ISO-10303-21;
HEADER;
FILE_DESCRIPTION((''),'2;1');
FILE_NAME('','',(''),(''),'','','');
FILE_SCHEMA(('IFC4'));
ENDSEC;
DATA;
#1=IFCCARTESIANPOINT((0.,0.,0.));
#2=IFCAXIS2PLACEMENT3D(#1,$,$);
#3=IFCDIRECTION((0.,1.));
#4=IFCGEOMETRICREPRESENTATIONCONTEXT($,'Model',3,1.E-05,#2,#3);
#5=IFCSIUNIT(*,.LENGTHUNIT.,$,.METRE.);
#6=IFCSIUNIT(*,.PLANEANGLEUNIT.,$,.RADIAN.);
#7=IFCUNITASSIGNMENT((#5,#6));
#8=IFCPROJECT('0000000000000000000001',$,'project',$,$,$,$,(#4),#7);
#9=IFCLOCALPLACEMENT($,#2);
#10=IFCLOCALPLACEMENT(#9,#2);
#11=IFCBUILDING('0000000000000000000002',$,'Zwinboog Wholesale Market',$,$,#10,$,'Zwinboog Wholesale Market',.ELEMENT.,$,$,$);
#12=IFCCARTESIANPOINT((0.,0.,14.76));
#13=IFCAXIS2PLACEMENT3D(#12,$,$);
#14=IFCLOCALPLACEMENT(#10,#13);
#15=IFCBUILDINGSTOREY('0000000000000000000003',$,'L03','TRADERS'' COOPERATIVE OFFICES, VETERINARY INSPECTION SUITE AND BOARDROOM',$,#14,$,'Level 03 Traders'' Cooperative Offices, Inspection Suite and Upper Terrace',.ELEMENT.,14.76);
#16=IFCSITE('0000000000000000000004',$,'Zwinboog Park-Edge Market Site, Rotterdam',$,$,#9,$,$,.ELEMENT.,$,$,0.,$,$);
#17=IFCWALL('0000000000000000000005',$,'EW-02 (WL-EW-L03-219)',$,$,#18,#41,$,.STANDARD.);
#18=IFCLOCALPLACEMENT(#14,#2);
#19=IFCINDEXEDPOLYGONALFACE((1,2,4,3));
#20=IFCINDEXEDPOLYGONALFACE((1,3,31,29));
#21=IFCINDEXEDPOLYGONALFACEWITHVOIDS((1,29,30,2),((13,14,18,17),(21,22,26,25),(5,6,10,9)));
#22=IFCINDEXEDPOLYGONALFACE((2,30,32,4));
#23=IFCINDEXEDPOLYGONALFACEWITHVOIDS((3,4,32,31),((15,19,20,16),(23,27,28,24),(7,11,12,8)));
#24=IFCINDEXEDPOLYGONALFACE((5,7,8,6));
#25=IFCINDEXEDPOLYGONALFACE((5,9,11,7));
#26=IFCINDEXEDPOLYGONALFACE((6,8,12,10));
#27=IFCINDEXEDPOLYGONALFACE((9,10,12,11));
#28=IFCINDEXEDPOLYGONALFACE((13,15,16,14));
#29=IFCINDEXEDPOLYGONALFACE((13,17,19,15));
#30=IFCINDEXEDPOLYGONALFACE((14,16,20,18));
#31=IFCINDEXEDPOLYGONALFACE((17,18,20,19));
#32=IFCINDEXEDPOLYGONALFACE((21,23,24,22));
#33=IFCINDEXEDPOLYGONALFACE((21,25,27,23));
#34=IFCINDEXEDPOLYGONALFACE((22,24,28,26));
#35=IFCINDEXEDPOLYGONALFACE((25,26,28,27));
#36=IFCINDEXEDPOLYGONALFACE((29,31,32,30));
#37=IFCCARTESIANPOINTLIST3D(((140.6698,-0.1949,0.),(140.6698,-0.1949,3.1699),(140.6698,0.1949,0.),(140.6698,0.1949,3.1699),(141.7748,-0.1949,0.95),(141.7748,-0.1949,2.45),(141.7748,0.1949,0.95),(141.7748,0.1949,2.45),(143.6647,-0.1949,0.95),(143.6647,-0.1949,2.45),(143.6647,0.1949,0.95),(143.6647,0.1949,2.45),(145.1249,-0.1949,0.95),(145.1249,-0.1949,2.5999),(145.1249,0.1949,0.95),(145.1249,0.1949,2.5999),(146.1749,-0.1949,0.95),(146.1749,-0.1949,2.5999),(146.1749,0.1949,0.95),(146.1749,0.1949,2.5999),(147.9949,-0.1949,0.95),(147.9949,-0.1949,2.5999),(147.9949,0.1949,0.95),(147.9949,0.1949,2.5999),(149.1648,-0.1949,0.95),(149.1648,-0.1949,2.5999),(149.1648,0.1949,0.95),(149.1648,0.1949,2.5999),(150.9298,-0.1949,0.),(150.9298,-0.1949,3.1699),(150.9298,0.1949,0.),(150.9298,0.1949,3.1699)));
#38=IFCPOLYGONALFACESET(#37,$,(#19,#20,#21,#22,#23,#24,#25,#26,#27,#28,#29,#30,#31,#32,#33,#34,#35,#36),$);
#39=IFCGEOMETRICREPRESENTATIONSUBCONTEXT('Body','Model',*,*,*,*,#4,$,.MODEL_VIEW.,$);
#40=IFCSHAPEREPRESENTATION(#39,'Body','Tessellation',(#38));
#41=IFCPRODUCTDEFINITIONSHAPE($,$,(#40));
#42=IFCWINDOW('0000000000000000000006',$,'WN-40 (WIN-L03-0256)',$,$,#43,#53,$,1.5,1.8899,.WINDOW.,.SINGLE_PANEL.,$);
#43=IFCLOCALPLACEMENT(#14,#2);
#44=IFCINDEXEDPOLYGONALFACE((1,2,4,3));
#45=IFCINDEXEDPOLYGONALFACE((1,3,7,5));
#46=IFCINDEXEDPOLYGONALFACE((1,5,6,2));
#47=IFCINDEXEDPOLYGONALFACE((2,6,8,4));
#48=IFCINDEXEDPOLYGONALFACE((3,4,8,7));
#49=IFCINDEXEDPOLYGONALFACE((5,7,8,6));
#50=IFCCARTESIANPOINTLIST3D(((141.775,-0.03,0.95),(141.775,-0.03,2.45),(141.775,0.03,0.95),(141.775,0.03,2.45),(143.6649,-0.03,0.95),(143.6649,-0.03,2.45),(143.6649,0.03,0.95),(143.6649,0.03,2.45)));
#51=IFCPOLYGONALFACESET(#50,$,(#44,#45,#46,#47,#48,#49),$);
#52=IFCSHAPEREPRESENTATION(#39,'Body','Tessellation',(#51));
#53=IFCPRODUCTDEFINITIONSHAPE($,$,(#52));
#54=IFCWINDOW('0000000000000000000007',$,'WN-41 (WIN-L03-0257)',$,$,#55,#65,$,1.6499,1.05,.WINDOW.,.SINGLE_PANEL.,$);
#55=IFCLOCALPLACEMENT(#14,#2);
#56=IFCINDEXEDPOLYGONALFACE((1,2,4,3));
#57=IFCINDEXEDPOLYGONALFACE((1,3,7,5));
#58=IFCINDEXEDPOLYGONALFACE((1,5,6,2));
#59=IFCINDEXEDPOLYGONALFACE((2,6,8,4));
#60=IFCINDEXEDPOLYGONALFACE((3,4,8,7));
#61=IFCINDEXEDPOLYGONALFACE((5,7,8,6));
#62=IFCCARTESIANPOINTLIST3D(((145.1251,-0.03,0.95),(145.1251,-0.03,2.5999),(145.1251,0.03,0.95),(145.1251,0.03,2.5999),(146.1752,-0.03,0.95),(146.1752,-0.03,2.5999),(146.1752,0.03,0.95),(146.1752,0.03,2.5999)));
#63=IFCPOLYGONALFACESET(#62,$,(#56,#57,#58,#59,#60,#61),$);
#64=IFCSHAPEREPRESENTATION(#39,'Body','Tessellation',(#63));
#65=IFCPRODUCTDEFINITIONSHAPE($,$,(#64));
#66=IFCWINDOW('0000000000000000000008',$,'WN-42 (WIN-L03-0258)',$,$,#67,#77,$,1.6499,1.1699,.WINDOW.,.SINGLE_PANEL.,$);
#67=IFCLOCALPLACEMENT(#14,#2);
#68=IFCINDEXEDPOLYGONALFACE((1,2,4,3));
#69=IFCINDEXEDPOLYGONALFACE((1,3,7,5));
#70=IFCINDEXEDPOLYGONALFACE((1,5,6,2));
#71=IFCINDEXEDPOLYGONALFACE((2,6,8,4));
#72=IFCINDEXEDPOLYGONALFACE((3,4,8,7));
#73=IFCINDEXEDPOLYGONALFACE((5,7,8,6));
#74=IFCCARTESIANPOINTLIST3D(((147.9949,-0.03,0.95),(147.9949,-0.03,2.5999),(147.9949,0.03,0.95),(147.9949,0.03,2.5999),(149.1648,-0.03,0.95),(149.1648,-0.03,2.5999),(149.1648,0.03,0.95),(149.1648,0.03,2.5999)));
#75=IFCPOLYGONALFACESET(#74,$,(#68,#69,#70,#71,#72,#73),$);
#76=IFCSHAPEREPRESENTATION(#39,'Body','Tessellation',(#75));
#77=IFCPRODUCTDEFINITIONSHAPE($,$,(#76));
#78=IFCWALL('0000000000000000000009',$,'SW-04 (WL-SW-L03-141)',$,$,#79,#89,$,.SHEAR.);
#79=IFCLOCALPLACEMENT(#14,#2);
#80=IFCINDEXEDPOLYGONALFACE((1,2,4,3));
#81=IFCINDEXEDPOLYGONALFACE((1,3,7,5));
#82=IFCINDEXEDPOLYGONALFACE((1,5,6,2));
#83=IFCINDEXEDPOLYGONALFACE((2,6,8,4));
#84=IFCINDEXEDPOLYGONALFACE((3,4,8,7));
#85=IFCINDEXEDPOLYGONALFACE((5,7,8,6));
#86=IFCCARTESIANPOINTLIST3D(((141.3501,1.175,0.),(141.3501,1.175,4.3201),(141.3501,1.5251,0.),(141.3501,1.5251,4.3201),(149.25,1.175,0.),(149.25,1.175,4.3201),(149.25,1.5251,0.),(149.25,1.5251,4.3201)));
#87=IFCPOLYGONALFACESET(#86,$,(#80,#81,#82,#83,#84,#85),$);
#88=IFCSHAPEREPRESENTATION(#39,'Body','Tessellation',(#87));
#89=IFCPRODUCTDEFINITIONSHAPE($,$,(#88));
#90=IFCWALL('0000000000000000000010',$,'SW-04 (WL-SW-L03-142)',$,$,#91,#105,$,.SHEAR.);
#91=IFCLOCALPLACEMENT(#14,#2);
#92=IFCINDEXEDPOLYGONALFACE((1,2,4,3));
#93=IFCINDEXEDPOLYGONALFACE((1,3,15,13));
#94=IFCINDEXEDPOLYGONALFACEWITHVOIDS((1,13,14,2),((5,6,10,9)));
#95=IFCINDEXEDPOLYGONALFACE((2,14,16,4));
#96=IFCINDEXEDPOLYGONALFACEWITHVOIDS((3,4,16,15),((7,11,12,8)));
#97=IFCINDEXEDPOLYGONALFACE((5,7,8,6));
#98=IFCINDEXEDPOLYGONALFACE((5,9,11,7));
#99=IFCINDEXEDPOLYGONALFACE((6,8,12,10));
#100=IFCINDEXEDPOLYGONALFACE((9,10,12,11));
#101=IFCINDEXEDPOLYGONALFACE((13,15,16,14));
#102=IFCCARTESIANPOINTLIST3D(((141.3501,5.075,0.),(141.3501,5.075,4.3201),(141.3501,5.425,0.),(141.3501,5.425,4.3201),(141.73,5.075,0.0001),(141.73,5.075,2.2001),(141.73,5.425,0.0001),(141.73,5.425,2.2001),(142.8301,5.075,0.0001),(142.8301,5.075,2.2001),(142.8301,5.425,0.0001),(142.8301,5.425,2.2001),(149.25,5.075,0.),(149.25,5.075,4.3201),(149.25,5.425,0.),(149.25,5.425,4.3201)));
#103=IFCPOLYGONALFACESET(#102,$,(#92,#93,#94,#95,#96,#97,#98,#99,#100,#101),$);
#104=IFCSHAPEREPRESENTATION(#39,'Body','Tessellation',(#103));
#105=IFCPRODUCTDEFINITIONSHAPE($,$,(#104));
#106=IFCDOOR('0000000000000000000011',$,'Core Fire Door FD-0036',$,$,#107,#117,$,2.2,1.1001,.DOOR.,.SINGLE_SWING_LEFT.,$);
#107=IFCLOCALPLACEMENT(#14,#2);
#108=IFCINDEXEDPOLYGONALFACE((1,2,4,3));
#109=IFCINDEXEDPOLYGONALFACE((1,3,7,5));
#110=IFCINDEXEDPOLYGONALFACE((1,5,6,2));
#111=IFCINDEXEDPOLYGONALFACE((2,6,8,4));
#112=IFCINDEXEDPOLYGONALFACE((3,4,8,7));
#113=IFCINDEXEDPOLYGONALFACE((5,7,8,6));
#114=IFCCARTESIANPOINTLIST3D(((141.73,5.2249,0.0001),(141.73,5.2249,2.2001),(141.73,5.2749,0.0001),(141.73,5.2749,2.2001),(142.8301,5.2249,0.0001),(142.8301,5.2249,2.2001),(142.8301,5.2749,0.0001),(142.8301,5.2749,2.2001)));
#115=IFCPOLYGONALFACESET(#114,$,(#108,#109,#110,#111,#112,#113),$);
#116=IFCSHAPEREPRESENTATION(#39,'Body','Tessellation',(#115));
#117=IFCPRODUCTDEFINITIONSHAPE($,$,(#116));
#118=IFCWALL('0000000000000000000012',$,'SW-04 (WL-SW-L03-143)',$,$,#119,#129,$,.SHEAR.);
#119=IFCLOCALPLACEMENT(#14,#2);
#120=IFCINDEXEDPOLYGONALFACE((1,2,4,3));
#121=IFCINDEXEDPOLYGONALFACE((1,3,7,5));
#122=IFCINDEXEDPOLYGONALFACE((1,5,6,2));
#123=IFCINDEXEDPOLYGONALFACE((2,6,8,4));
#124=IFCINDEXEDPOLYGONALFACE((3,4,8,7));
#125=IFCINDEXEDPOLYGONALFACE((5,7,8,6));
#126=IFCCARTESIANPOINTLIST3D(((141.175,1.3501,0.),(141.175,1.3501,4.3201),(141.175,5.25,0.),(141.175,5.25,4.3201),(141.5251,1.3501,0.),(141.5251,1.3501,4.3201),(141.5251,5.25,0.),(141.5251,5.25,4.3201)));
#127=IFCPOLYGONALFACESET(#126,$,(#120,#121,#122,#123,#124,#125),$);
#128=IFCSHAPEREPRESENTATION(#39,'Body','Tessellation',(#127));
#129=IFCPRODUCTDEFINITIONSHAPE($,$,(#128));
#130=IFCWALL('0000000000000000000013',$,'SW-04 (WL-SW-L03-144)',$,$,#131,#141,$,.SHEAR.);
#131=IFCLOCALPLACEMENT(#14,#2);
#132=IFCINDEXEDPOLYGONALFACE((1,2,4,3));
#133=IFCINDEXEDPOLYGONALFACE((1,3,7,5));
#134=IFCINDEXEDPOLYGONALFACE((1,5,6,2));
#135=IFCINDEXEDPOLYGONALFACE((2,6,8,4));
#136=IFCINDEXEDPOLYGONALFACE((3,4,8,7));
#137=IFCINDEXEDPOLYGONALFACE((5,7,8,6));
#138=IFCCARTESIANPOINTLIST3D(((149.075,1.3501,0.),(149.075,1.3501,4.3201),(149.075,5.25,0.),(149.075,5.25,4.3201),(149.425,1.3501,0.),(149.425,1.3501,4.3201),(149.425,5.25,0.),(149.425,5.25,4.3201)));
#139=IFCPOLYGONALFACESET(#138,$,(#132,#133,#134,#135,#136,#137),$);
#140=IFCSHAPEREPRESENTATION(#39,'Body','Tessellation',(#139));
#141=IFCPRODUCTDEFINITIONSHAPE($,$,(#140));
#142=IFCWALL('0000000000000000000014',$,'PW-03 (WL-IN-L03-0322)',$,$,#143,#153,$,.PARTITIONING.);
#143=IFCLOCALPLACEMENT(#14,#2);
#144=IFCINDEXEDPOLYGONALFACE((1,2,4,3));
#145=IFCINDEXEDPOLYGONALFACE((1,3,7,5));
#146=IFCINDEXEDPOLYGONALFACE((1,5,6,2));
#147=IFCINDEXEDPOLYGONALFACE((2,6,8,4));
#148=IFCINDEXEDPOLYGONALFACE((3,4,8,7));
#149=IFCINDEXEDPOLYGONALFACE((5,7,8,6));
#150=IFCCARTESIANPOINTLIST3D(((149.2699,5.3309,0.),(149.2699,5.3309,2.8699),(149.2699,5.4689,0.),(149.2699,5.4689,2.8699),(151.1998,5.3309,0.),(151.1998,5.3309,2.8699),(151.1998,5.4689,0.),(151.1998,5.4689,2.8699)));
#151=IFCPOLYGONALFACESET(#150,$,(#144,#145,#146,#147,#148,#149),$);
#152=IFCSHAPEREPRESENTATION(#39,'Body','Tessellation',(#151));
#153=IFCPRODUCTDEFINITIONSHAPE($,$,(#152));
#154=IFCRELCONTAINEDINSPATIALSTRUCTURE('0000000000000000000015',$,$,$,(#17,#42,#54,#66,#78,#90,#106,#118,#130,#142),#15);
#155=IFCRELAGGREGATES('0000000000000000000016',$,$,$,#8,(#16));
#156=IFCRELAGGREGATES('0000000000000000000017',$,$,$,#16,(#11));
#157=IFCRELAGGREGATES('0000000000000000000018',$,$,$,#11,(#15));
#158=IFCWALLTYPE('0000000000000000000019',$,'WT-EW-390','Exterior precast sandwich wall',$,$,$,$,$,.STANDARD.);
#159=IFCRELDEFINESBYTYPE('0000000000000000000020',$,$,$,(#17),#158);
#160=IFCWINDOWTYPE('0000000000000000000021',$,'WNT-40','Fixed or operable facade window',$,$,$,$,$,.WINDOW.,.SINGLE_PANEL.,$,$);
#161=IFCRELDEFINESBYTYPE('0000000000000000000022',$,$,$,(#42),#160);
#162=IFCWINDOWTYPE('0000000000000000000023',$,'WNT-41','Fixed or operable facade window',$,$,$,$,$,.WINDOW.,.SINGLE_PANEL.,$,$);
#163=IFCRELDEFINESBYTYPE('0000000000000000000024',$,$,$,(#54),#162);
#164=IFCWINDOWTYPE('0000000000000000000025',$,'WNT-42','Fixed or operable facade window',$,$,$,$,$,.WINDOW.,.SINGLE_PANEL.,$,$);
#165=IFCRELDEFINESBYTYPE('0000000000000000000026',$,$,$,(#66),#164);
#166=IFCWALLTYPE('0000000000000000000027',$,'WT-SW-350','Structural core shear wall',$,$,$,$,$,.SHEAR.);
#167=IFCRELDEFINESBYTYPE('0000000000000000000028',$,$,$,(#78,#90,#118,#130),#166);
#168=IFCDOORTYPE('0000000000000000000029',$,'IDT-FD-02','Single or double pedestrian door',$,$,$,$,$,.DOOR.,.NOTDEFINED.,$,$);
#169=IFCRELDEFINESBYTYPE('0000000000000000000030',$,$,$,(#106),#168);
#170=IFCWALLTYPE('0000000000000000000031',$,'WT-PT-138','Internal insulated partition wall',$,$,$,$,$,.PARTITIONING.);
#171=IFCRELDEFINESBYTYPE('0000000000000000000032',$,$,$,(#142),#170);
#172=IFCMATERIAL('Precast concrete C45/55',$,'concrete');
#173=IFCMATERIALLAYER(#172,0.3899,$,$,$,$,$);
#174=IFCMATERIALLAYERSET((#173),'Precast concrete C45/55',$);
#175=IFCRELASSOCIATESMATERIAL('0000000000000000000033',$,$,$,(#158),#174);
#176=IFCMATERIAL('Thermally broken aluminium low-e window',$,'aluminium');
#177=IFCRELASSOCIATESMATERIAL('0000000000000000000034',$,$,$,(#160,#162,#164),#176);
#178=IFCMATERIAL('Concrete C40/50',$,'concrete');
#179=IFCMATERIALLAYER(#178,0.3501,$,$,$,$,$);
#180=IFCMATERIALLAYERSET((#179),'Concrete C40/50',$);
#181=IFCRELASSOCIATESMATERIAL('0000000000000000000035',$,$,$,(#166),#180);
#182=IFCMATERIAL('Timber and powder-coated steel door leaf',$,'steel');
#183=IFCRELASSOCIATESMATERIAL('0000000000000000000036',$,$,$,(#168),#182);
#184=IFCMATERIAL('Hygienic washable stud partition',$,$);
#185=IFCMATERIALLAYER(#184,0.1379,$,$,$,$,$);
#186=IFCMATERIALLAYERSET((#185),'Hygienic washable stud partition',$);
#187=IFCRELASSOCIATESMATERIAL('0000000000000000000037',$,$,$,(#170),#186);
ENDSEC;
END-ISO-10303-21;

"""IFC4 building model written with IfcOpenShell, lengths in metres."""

from ifc_helpers import new_model, si_unit, direction, frame, frame_2d, origin, place, context, subcontext, project, spatial, rectangle, extrude, material, layer, layer_set, type_object, element, fill, save


model = new_model("IFC4")

# Units and contexts
model_context = context("Model", 3, precision=1e-05, world=origin(), true_north=direction((0.0, 1.0)))
body_context = subcontext(model_context, "Body", "Model", "MODEL_VIEW")
ifc_project = project(units=[si_unit("LENGTHUNIT", "METRE"), si_unit("PLANEANGLEUNIT", "RADIAN")], contexts=[model_context])

# Site, building, storey
site_placement = place(None, origin())
site = spatial("IfcSite", under=ifc_project, at=site_placement, Name="Zwinboog Park-Edge Market Site, Rotterdam", CompositionType="ELEMENT", RefElevation=0.0)
building_placement = place(site_placement, origin())
building = spatial("IfcBuilding", under=site, at=building_placement, Name="Zwinboog Wholesale Market", LongName="Zwinboog Wholesale Market", CompositionType="ELEMENT")
storey_placement = place(building_placement, frame((0.0, 0.0, 14.76)))
storey = spatial("IfcBuildingStorey", under=building, at=storey_placement, Name="L03", Description="TRADERS' COOPERATIVE OFFICES, VETERINARY INSPECTION SUITE AND BOARDROOM", LongName="Level 03 Traders' Cooperative Offices, Inspection Suite and Upper Terrace", CompositionType="ELEMENT", Elevation=14.76)

# Shared definitions
ifc_material_1 = material(Name="Precast concrete C45/55", Category="concrete")

# Wall, openings, windows
ifc_layer_1 = layer(ifc_material_1, 0.3899)
ifc_layer_set_1 = layer_set([ifc_layer_1], Name="Precast concrete C45/55")
wall_type_1 = type_object("IfcWallType", Name="WT-EW-390", Description="Exterior precast sandwich wall", PredefinedType="STANDARD", material=ifc_layer_set_1)
wall_1_placement = place(storey_placement, frame((140.6699, 0.0, 0.0), z_axis=(0.0, 0.0, 1.0), x_axis=(1.0, 0.0, 0.0)))
wall_1 = element("IfcWall", 1, at=wall_1_placement, inside=storey, type_object=wall_type_1, Name="EW-02 (WL-EW-L03-219)", PredefinedType="STANDARD", context=body_context, shape_type="SweptSolid", body=[
    extrude(rectangle(XDim=10.26, YDim=0.3899, at=frame_2d((5.1299, 0.0))), origin(), (0.0, 0.0, 1.0), 3.1699),
])
opening_1_placement = place(wall_1_placement, frame((1.105, 0.0, 0.95)))
opening_1 = element("IfcOpeningElement", 2, at=opening_1_placement, cuts=wall_1, PredefinedType="OPENING", context=body_context, shape_type="SweptSolid", body=[
    extrude(rectangle(XDim=1.8899, YDim=1.5, at=frame_2d((0.9448, 0.75))), frame((0.0, 0.2048, 0.0), z_axis=(0.0, -1.0, 0.0), x_axis=(1.0, 0.0, 0.0)), (0.0, 0.0, 1.0), 0.4099),
])
opening_2_placement = place(wall_1_placement, frame((4.4551, 0.0, 0.95)))
opening_2 = element("IfcOpeningElement", 3, at=opening_2_placement, cuts=wall_1, PredefinedType="OPENING", context=body_context, shape_type="SweptSolid", body=[
    extrude(rectangle(XDim=1.05, YDim=1.6499, at=frame_2d((0.5249, 0.825))), frame((0.0, 0.2048, 0.0), z_axis=(0.0, -1.0, 0.0), x_axis=(1.0, 0.0, 0.0)), (0.0, 0.0, 1.0), 0.4099),
])
opening_3_placement = place(wall_1_placement, frame((7.325, 0.0, 0.95)))
opening_3 = element("IfcOpeningElement", 4, at=opening_3_placement, cuts=wall_1, PredefinedType="OPENING", context=body_context, shape_type="SweptSolid", body=[
    extrude(rectangle(XDim=1.1699, YDim=1.6499, at=frame_2d((0.585, 0.825))), frame((0.0, 0.2048, 0.0), z_axis=(0.0, -1.0, 0.0), x_axis=(1.0, 0.0, 0.0)), (0.0, 0.0, 1.0), 0.4099),
])
ifc_material_2 = material(Name="Thermally broken aluminium low-e window", Category="aluminium")
window_type_1 = type_object("IfcWindowType", Name="WNT-40", Description="Fixed or operable facade window", PartitioningType="SINGLE_PANEL", PredefinedType="WINDOW", material=ifc_material_2)
window_1_placement = place(opening_1_placement, frame((1.8899, 0.0, 0.0), z_axis=(0.0, 0.0, 1.0), x_axis=(-1.0, 0.0, 0.0)))
window_1 = element("IfcWindow", 5, at=window_1_placement, inside=storey, type_object=window_type_1, Name="WN-40 (WIN-L03-0256)", OverallHeight=1.5, OverallWidth=1.8899, PartitioningType="SINGLE_PANEL", PredefinedType="WINDOW", context=body_context, shape_type="SweptSolid", body=[
    extrude(rectangle(XDim=1.8899, YDim=1.5, at=frame_2d((0.9448, 0.75))), frame((0.0, 0.03, 0.0), z_axis=(0.0, -1.0, 0.0), x_axis=(1.0, 0.0, 0.0)), (0.0, 0.0, 1.0), 0.0601),
])
fill(opening_1, window_1)
window_type_2 = type_object("IfcWindowType", Name="WNT-41", Description="Fixed or operable facade window", PartitioningType="SINGLE_PANEL", PredefinedType="WINDOW", material=ifc_material_2)
window_2_placement = place(opening_2_placement, frame((1.05, 0.0, 0.0), z_axis=(0.0, 0.0, 1.0), x_axis=(-1.0, 0.0, 0.0)))
window_2 = element("IfcWindow", 6, at=window_2_placement, inside=storey, type_object=window_type_2, Name="WN-41 (WIN-L03-0257)", OverallHeight=1.6499, OverallWidth=1.05, PartitioningType="SINGLE_PANEL", PredefinedType="WINDOW", context=body_context, shape_type="SweptSolid", body=[
    extrude(rectangle(XDim=1.05, YDim=1.6499, at=frame_2d((0.5249, 0.825))), frame((0.0, 0.03, 0.0), z_axis=(0.0, -1.0, 0.0), x_axis=(1.0, 0.0, 0.0)), (0.0, 0.0, 1.0), 0.0601),
])
fill(opening_2, window_2)
window_type_3 = type_object("IfcWindowType", Name="WNT-42", Description="Fixed or operable facade window", PartitioningType="SINGLE_PANEL", PredefinedType="WINDOW", material=ifc_material_2)
window_3_placement = place(opening_3_placement, frame((1.1699, 0.0, 0.0), z_axis=(0.0, 0.0, 1.0), x_axis=(-1.0, 0.0, 0.0)))
window_3 = element("IfcWindow", 7, at=window_3_placement, inside=storey, type_object=window_type_3, Name="WN-42 (WIN-L03-0258)", OverallHeight=1.6499, OverallWidth=1.1699, PartitioningType="SINGLE_PANEL", PredefinedType="WINDOW", context=body_context, shape_type="SweptSolid", body=[
    extrude(rectangle(XDim=1.1699, YDim=1.6499, at=frame_2d((0.585, 0.825))), frame((0.0, 0.03, 0.0), z_axis=(0.0, -1.0, 0.0), x_axis=(1.0, 0.0, 0.0)), (0.0, 0.0, 1.0), 0.0601),
])
fill(opening_3, window_3)

# Wall
ifc_material_3 = material(Name="Concrete C40/50", Category="concrete")
ifc_layer_2 = layer(ifc_material_3, 0.3501)
ifc_layer_set_2 = layer_set([ifc_layer_2], Name="Concrete C40/50")
wall_type_2 = type_object("IfcWallType", Name="WT-SW-350", Description="Structural core shear wall", PredefinedType="SHEAR", material=ifc_layer_set_2)
wall_2_placement = place(storey_placement, frame((141.3501, 1.3501, 0.0), z_axis=(0.0, 0.0, 1.0), x_axis=(1.0, 0.0, 0.0)))
element("IfcWall", 8, at=wall_2_placement, inside=storey, type_object=wall_type_2, Name="SW-04 (WL-SW-L03-141)", PredefinedType="SHEAR", context=body_context, shape_type="SweptSolid", body=[
    extrude(rectangle(XDim=7.8999, YDim=0.3501, at=frame_2d((3.95, 0.0))), origin(), (0.0, 0.0, 1.0), 4.3201),
])

# Wall, opening, door
wall_3_placement = place(storey_placement, frame((141.3501, 5.25, 0.0), z_axis=(0.0, 0.0, 1.0), x_axis=(1.0, 0.0, 0.0)))
wall_3 = element("IfcWall", 9, at=wall_3_placement, inside=storey, type_object=wall_type_2, Name="SW-04 (WL-SW-L03-142)", PredefinedType="SHEAR", context=body_context, shape_type="SweptSolid", body=[
    extrude(rectangle(XDim=7.8999, YDim=0.3501, at=frame_2d((3.95, 0.0))), origin(), (0.0, 0.0, 1.0), 4.3201),
])
opening_4_placement = place(wall_3_placement, frame((0.3799, 0.0, 0.0)))
opening_4 = element("IfcOpeningElement", 10, at=opening_4_placement, cuts=wall_3, PredefinedType="OPENING", context=body_context, shape_type="SweptSolid", body=[
    extrude(rectangle(XDim=1.1001, YDim=2.2, at=frame_2d((0.55, 1.1001))), frame((0.0, 0.1851, 0.0), z_axis=(0.0, -1.0, 0.0), x_axis=(1.0, 0.0, 0.0)), (0.0, 0.0, 1.0), 0.3701),
])
ifc_material_4 = material(Name="Timber and powder-coated steel door leaf", Category="steel")
door_type = type_object("IfcDoorType", Name="IDT-FD-02", Description="Single or double pedestrian door", OperationType="NOTDEFINED", PredefinedType="DOOR", material=ifc_material_4)
door_placement = place(opening_4_placement, origin())
door = element("IfcDoor", 11, at=door_placement, inside=storey, type_object=door_type, Name="Core Fire Door FD-0036", OperationType="SINGLE_SWING_LEFT", OverallHeight=2.2, OverallWidth=1.1001, PredefinedType="DOOR", context=body_context, shape_type="SweptSolid", body=[
    extrude(rectangle(XDim=1.1001, YDim=2.2, at=frame_2d((0.55, 1.1001))), frame((0.0, 0.0249, 0.0), z_axis=(0.0, -1.0, 0.0), x_axis=(1.0, 0.0, 0.0)), (0.0, 0.0, 1.0), 0.05),
])
fill(opening_4, door)

# Walls
for number, where, z_axis, x_axis, name in (
    (12, (141.3501, 1.3501, 0.0), (0.0, 0.0, 1.0), (0.0, 1.0, 0.0), "SW-04 (WL-SW-L03-143)"),
    (13, (149.25, 1.3501, 0.0), (0.0, 0.0, 1.0), (0.0, 1.0, 0.0), "SW-04 (WL-SW-L03-144)"),
):
    element("IfcWall", number, at=place(storey_placement, frame(where, z_axis=z_axis, x_axis=x_axis)), inside=storey, type_object=wall_type_2, Name=name, PredefinedType="SHEAR", context=body_context, shape_type="SweptSolid", body=[
        extrude(rectangle(XDim=3.8999, YDim=0.3501, at=frame_2d((1.95, 0.0))), origin(), (0.0, 0.0, 1.0), 4.3201),
    ])
ifc_material_5 = material(Name="Hygienic washable stud partition")
ifc_layer_3 = layer(ifc_material_5, 0.1379)
ifc_layer_set_3 = layer_set([ifc_layer_3], Name="Hygienic washable stud partition")
wall_type_3 = type_object("IfcWallType", Name="WT-PT-138", Description="Internal insulated partition wall", PredefinedType="PARTITIONING", material=ifc_layer_set_3)
wall_4_placement = place(storey_placement, frame((149.27, 5.3999, 0.0), z_axis=(0.0, 0.0, 1.0), x_axis=(1.0, 0.0, 0.0)))
element("IfcWall", 14, at=wall_4_placement, inside=storey, type_object=wall_type_3, Name="PW-03 (WL-IN-L03-0322)", PredefinedType="PARTITIONING", context=body_context, shape_type="SweptSolid", body=[
    extrude(rectangle(XDim=1.9299, YDim=0.1379, at=frame_2d((0.9648, 0.0))), origin(), (0.0, 0.0, 1.0), 2.8699),
])

save(model, "model.ifc")
